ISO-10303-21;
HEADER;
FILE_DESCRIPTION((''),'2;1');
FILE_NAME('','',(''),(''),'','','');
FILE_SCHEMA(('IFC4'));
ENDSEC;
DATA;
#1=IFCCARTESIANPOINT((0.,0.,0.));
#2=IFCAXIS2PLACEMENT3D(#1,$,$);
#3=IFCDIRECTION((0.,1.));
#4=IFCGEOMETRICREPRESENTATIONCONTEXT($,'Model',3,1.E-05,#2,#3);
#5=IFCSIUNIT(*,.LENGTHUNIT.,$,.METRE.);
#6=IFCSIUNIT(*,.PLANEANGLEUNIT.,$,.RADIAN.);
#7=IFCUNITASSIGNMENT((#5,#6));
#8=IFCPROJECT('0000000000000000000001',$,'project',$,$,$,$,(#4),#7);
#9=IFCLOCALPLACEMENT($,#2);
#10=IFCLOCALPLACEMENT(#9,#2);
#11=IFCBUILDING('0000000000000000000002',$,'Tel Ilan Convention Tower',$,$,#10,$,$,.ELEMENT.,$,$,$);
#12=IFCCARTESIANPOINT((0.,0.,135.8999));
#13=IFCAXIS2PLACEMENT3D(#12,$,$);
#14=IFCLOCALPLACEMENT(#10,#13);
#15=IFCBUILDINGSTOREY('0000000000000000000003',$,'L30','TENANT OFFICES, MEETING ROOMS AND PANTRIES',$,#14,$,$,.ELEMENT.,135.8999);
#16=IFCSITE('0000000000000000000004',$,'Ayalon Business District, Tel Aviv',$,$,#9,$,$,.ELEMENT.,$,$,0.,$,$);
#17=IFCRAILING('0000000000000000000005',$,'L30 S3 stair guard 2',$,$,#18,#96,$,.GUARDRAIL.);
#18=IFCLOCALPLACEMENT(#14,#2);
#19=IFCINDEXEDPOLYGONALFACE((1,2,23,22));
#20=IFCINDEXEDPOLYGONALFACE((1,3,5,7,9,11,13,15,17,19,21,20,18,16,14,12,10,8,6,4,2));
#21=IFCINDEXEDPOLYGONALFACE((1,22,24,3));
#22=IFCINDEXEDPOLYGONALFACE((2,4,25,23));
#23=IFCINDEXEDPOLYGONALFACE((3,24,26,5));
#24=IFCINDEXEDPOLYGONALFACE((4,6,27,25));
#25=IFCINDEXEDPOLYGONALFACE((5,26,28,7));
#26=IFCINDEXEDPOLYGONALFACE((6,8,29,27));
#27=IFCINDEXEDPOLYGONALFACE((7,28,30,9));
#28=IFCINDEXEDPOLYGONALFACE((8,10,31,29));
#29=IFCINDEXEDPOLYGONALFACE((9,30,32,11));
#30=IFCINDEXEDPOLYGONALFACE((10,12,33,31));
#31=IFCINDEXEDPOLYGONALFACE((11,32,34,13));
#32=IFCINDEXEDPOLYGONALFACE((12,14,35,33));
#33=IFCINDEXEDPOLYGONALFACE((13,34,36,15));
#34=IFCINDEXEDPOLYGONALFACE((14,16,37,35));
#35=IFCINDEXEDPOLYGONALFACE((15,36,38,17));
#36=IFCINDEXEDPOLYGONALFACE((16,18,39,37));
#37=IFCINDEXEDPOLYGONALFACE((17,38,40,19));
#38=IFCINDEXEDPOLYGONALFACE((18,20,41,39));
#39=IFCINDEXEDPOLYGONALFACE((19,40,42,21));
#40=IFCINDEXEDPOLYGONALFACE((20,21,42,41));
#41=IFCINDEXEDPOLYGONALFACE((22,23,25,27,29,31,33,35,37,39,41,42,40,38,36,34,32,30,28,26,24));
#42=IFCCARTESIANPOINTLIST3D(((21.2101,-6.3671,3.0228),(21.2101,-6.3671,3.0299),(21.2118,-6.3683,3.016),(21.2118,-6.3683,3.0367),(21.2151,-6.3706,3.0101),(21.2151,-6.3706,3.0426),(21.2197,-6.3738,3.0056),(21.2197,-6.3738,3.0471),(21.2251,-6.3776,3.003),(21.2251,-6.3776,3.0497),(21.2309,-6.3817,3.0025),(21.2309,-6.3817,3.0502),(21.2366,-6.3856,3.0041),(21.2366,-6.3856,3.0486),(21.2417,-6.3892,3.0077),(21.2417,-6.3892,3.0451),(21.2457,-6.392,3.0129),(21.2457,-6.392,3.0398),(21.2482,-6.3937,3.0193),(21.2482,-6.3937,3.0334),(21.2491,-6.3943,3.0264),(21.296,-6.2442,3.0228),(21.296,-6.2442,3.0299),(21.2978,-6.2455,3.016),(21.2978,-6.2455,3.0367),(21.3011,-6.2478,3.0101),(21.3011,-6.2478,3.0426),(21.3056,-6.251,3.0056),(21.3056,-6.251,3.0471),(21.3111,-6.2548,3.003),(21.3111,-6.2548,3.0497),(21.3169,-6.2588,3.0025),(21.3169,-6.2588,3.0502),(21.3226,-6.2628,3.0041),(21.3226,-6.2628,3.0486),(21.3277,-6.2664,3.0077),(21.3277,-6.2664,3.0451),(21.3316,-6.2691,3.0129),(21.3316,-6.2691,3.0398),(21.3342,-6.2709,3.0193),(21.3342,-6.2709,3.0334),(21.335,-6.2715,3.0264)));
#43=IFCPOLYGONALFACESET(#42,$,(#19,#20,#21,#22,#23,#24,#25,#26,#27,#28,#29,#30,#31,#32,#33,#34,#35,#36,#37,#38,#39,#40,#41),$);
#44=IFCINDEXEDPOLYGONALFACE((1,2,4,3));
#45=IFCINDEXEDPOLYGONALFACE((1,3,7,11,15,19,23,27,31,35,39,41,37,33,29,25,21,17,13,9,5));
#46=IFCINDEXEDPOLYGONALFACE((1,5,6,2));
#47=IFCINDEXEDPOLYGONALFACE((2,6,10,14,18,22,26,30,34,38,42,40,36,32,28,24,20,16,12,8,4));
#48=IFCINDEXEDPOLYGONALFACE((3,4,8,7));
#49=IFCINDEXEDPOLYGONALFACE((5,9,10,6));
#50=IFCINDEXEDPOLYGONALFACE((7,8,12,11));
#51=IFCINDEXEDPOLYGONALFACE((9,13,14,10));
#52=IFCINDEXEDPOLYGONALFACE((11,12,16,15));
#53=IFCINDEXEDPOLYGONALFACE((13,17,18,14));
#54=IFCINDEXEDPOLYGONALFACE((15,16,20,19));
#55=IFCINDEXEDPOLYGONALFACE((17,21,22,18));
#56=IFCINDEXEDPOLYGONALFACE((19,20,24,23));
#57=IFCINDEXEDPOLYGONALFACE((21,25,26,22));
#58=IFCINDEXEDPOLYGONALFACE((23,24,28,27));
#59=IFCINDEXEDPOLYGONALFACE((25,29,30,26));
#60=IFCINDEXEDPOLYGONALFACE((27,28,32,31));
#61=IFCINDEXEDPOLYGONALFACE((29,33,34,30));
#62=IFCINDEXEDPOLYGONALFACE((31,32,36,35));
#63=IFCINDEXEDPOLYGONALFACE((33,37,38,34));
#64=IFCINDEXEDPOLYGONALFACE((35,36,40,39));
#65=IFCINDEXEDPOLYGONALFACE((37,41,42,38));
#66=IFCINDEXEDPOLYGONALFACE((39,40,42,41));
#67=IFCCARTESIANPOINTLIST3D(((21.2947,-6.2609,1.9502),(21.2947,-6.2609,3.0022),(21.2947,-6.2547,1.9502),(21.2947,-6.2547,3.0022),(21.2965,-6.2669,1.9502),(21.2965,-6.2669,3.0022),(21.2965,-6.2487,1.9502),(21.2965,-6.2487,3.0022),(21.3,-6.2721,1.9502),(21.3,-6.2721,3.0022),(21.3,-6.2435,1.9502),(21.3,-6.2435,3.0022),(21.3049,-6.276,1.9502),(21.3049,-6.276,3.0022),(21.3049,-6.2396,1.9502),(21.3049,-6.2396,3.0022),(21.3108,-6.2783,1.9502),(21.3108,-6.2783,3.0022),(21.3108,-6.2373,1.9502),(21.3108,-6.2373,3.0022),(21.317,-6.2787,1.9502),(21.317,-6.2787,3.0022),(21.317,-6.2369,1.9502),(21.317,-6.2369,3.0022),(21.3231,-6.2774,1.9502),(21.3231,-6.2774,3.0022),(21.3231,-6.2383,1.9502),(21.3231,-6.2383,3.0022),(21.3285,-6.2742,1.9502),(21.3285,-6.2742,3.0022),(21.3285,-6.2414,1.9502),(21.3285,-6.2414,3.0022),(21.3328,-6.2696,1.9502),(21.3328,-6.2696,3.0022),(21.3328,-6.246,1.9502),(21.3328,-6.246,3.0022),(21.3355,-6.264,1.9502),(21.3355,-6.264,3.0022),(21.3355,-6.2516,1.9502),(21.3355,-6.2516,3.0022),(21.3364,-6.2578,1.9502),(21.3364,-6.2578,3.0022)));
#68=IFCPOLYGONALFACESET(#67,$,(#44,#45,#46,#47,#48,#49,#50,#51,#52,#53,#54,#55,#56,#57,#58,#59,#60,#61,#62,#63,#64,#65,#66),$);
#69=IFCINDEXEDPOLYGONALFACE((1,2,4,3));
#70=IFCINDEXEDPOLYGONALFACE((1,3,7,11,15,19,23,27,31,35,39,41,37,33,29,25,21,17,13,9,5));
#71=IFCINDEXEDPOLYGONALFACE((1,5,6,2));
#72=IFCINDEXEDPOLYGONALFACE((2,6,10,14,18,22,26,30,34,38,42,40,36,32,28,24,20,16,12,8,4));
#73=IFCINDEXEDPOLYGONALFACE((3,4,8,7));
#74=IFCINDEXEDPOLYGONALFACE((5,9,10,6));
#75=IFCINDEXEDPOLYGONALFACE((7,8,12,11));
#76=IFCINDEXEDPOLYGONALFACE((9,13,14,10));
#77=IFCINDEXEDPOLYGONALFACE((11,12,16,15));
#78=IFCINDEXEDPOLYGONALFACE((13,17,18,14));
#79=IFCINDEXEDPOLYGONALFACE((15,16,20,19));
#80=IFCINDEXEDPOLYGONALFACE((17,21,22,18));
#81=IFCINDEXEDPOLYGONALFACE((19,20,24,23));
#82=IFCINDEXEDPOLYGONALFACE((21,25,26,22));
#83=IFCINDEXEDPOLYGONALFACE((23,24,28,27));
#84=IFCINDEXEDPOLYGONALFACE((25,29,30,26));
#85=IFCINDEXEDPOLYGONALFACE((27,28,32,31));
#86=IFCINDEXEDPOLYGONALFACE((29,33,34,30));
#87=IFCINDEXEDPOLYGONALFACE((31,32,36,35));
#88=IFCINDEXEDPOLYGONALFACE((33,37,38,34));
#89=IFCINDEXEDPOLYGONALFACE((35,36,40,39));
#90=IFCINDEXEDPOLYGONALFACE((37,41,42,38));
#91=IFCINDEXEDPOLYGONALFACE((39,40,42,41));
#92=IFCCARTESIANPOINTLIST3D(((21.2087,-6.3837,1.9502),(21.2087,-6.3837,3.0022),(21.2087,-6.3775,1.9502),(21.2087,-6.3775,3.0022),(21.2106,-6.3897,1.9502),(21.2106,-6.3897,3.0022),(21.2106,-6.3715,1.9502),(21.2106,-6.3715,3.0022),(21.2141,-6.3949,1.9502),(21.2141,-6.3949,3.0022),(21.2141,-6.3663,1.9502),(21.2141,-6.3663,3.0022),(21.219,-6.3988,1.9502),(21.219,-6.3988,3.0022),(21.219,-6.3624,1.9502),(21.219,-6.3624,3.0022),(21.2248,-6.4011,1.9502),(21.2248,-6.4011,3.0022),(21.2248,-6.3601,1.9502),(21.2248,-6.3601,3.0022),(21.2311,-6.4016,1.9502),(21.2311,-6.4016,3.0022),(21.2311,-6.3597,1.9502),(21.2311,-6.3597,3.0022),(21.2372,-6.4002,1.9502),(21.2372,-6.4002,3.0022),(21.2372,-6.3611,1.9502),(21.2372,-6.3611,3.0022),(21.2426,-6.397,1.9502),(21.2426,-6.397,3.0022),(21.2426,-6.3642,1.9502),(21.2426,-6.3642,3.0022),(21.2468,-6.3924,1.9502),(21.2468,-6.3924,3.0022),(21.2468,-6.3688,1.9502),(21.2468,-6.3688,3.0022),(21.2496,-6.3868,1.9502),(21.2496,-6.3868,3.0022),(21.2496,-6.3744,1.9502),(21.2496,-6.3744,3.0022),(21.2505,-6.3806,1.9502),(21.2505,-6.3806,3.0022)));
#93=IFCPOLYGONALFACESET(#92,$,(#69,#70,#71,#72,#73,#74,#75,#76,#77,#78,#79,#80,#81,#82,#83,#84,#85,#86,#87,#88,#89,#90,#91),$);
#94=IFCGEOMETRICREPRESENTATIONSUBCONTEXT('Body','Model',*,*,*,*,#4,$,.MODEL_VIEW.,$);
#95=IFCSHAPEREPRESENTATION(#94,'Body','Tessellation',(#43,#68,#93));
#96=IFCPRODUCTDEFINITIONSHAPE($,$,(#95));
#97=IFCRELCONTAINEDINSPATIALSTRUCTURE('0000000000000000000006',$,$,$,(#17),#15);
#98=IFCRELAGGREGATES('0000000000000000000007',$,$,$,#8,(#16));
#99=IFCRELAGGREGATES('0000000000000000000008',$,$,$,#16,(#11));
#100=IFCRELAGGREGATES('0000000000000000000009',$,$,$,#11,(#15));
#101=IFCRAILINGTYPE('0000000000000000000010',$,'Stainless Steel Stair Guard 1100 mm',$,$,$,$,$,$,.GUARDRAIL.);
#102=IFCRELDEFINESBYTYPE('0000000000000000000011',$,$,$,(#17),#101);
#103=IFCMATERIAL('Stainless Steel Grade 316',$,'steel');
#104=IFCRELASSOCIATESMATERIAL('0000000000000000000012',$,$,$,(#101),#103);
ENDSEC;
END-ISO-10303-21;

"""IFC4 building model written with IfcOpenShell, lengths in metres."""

from ifc_helpers import new_model, si_unit, direction, frame, origin, origin_2d, place, context, subcontext, project, spatial, circle, extrude, material, type_object, element, save


model = new_model("IFC4")

# Units and contexts
model_context = context("Model", 3, precision=1e-05, world=origin(), true_north=direction((0.0, 1.0)))
body_context = subcontext(model_context, "Body", "Model", "MODEL_VIEW")
ifc_project = project(units=[si_unit("LENGTHUNIT", "METRE"), si_unit("PLANEANGLEUNIT", "RADIAN")], contexts=[model_context])

# Site, building, storey
site_placement = place(None, origin())
site = spatial("IfcSite", under=ifc_project, at=site_placement, Name="Ayalon Business District, Tel Aviv", CompositionType="ELEMENT", RefElevation=0.0)
building_placement = place(site_placement, origin())
building = spatial("IfcBuilding", under=site, at=building_placement, Name="Tel Ilan Convention Tower", CompositionType="ELEMENT")
storey_placement = place(building_placement, frame((0.0, 0.0, 135.8999)))
storey = spatial("IfcBuildingStorey", under=building, at=storey_placement, Name="L30", Description="TENANT OFFICES, MEETING ROOMS AND PANTRIES", CompositionType="ELEMENT", Elevation=135.8999)

# Railing
ifc_material_1 = material(Name="Stainless Steel Grade 316", Category="steel")
railing_type_1 = type_object("IfcRailingType", Name="Stainless Steel Stair Guard 1100 mm", PredefinedType="GUARDRAIL", material=ifc_material_1)
railing_1_placement = place(storey_placement, frame((21.3154, -6.2578, 1.9502)))
element("IfcRailing", 1, at=railing_1_placement, inside=storey, type_object=railing_type_1, Name="L30 S3 stair guard 2", PredefinedType="GUARDRAIL", context=body_context, shape_type="SweptSolid", body=[
    extrude(circle(Radius=0.0239, at=origin_2d()), frame((0.0, 0.0, 1.0762), z_axis=(-0.573353, -0.819308, 0.0), x_axis=(0.819308, -0.573353, 0.0)), (0.0, 0.0, 1.0), 0.1499),
    extrude(circle(Radius=0.021, at=origin_2d()), origin(), (0.0, 0.0, 1.0), 1.052),
    extrude(circle(Radius=0.021, at=origin_2d()), frame((-0.0859, -0.1228, 0.0)), (0.0, 0.0, 1.0), 1.052),
])

save(model, "model.ifc")
